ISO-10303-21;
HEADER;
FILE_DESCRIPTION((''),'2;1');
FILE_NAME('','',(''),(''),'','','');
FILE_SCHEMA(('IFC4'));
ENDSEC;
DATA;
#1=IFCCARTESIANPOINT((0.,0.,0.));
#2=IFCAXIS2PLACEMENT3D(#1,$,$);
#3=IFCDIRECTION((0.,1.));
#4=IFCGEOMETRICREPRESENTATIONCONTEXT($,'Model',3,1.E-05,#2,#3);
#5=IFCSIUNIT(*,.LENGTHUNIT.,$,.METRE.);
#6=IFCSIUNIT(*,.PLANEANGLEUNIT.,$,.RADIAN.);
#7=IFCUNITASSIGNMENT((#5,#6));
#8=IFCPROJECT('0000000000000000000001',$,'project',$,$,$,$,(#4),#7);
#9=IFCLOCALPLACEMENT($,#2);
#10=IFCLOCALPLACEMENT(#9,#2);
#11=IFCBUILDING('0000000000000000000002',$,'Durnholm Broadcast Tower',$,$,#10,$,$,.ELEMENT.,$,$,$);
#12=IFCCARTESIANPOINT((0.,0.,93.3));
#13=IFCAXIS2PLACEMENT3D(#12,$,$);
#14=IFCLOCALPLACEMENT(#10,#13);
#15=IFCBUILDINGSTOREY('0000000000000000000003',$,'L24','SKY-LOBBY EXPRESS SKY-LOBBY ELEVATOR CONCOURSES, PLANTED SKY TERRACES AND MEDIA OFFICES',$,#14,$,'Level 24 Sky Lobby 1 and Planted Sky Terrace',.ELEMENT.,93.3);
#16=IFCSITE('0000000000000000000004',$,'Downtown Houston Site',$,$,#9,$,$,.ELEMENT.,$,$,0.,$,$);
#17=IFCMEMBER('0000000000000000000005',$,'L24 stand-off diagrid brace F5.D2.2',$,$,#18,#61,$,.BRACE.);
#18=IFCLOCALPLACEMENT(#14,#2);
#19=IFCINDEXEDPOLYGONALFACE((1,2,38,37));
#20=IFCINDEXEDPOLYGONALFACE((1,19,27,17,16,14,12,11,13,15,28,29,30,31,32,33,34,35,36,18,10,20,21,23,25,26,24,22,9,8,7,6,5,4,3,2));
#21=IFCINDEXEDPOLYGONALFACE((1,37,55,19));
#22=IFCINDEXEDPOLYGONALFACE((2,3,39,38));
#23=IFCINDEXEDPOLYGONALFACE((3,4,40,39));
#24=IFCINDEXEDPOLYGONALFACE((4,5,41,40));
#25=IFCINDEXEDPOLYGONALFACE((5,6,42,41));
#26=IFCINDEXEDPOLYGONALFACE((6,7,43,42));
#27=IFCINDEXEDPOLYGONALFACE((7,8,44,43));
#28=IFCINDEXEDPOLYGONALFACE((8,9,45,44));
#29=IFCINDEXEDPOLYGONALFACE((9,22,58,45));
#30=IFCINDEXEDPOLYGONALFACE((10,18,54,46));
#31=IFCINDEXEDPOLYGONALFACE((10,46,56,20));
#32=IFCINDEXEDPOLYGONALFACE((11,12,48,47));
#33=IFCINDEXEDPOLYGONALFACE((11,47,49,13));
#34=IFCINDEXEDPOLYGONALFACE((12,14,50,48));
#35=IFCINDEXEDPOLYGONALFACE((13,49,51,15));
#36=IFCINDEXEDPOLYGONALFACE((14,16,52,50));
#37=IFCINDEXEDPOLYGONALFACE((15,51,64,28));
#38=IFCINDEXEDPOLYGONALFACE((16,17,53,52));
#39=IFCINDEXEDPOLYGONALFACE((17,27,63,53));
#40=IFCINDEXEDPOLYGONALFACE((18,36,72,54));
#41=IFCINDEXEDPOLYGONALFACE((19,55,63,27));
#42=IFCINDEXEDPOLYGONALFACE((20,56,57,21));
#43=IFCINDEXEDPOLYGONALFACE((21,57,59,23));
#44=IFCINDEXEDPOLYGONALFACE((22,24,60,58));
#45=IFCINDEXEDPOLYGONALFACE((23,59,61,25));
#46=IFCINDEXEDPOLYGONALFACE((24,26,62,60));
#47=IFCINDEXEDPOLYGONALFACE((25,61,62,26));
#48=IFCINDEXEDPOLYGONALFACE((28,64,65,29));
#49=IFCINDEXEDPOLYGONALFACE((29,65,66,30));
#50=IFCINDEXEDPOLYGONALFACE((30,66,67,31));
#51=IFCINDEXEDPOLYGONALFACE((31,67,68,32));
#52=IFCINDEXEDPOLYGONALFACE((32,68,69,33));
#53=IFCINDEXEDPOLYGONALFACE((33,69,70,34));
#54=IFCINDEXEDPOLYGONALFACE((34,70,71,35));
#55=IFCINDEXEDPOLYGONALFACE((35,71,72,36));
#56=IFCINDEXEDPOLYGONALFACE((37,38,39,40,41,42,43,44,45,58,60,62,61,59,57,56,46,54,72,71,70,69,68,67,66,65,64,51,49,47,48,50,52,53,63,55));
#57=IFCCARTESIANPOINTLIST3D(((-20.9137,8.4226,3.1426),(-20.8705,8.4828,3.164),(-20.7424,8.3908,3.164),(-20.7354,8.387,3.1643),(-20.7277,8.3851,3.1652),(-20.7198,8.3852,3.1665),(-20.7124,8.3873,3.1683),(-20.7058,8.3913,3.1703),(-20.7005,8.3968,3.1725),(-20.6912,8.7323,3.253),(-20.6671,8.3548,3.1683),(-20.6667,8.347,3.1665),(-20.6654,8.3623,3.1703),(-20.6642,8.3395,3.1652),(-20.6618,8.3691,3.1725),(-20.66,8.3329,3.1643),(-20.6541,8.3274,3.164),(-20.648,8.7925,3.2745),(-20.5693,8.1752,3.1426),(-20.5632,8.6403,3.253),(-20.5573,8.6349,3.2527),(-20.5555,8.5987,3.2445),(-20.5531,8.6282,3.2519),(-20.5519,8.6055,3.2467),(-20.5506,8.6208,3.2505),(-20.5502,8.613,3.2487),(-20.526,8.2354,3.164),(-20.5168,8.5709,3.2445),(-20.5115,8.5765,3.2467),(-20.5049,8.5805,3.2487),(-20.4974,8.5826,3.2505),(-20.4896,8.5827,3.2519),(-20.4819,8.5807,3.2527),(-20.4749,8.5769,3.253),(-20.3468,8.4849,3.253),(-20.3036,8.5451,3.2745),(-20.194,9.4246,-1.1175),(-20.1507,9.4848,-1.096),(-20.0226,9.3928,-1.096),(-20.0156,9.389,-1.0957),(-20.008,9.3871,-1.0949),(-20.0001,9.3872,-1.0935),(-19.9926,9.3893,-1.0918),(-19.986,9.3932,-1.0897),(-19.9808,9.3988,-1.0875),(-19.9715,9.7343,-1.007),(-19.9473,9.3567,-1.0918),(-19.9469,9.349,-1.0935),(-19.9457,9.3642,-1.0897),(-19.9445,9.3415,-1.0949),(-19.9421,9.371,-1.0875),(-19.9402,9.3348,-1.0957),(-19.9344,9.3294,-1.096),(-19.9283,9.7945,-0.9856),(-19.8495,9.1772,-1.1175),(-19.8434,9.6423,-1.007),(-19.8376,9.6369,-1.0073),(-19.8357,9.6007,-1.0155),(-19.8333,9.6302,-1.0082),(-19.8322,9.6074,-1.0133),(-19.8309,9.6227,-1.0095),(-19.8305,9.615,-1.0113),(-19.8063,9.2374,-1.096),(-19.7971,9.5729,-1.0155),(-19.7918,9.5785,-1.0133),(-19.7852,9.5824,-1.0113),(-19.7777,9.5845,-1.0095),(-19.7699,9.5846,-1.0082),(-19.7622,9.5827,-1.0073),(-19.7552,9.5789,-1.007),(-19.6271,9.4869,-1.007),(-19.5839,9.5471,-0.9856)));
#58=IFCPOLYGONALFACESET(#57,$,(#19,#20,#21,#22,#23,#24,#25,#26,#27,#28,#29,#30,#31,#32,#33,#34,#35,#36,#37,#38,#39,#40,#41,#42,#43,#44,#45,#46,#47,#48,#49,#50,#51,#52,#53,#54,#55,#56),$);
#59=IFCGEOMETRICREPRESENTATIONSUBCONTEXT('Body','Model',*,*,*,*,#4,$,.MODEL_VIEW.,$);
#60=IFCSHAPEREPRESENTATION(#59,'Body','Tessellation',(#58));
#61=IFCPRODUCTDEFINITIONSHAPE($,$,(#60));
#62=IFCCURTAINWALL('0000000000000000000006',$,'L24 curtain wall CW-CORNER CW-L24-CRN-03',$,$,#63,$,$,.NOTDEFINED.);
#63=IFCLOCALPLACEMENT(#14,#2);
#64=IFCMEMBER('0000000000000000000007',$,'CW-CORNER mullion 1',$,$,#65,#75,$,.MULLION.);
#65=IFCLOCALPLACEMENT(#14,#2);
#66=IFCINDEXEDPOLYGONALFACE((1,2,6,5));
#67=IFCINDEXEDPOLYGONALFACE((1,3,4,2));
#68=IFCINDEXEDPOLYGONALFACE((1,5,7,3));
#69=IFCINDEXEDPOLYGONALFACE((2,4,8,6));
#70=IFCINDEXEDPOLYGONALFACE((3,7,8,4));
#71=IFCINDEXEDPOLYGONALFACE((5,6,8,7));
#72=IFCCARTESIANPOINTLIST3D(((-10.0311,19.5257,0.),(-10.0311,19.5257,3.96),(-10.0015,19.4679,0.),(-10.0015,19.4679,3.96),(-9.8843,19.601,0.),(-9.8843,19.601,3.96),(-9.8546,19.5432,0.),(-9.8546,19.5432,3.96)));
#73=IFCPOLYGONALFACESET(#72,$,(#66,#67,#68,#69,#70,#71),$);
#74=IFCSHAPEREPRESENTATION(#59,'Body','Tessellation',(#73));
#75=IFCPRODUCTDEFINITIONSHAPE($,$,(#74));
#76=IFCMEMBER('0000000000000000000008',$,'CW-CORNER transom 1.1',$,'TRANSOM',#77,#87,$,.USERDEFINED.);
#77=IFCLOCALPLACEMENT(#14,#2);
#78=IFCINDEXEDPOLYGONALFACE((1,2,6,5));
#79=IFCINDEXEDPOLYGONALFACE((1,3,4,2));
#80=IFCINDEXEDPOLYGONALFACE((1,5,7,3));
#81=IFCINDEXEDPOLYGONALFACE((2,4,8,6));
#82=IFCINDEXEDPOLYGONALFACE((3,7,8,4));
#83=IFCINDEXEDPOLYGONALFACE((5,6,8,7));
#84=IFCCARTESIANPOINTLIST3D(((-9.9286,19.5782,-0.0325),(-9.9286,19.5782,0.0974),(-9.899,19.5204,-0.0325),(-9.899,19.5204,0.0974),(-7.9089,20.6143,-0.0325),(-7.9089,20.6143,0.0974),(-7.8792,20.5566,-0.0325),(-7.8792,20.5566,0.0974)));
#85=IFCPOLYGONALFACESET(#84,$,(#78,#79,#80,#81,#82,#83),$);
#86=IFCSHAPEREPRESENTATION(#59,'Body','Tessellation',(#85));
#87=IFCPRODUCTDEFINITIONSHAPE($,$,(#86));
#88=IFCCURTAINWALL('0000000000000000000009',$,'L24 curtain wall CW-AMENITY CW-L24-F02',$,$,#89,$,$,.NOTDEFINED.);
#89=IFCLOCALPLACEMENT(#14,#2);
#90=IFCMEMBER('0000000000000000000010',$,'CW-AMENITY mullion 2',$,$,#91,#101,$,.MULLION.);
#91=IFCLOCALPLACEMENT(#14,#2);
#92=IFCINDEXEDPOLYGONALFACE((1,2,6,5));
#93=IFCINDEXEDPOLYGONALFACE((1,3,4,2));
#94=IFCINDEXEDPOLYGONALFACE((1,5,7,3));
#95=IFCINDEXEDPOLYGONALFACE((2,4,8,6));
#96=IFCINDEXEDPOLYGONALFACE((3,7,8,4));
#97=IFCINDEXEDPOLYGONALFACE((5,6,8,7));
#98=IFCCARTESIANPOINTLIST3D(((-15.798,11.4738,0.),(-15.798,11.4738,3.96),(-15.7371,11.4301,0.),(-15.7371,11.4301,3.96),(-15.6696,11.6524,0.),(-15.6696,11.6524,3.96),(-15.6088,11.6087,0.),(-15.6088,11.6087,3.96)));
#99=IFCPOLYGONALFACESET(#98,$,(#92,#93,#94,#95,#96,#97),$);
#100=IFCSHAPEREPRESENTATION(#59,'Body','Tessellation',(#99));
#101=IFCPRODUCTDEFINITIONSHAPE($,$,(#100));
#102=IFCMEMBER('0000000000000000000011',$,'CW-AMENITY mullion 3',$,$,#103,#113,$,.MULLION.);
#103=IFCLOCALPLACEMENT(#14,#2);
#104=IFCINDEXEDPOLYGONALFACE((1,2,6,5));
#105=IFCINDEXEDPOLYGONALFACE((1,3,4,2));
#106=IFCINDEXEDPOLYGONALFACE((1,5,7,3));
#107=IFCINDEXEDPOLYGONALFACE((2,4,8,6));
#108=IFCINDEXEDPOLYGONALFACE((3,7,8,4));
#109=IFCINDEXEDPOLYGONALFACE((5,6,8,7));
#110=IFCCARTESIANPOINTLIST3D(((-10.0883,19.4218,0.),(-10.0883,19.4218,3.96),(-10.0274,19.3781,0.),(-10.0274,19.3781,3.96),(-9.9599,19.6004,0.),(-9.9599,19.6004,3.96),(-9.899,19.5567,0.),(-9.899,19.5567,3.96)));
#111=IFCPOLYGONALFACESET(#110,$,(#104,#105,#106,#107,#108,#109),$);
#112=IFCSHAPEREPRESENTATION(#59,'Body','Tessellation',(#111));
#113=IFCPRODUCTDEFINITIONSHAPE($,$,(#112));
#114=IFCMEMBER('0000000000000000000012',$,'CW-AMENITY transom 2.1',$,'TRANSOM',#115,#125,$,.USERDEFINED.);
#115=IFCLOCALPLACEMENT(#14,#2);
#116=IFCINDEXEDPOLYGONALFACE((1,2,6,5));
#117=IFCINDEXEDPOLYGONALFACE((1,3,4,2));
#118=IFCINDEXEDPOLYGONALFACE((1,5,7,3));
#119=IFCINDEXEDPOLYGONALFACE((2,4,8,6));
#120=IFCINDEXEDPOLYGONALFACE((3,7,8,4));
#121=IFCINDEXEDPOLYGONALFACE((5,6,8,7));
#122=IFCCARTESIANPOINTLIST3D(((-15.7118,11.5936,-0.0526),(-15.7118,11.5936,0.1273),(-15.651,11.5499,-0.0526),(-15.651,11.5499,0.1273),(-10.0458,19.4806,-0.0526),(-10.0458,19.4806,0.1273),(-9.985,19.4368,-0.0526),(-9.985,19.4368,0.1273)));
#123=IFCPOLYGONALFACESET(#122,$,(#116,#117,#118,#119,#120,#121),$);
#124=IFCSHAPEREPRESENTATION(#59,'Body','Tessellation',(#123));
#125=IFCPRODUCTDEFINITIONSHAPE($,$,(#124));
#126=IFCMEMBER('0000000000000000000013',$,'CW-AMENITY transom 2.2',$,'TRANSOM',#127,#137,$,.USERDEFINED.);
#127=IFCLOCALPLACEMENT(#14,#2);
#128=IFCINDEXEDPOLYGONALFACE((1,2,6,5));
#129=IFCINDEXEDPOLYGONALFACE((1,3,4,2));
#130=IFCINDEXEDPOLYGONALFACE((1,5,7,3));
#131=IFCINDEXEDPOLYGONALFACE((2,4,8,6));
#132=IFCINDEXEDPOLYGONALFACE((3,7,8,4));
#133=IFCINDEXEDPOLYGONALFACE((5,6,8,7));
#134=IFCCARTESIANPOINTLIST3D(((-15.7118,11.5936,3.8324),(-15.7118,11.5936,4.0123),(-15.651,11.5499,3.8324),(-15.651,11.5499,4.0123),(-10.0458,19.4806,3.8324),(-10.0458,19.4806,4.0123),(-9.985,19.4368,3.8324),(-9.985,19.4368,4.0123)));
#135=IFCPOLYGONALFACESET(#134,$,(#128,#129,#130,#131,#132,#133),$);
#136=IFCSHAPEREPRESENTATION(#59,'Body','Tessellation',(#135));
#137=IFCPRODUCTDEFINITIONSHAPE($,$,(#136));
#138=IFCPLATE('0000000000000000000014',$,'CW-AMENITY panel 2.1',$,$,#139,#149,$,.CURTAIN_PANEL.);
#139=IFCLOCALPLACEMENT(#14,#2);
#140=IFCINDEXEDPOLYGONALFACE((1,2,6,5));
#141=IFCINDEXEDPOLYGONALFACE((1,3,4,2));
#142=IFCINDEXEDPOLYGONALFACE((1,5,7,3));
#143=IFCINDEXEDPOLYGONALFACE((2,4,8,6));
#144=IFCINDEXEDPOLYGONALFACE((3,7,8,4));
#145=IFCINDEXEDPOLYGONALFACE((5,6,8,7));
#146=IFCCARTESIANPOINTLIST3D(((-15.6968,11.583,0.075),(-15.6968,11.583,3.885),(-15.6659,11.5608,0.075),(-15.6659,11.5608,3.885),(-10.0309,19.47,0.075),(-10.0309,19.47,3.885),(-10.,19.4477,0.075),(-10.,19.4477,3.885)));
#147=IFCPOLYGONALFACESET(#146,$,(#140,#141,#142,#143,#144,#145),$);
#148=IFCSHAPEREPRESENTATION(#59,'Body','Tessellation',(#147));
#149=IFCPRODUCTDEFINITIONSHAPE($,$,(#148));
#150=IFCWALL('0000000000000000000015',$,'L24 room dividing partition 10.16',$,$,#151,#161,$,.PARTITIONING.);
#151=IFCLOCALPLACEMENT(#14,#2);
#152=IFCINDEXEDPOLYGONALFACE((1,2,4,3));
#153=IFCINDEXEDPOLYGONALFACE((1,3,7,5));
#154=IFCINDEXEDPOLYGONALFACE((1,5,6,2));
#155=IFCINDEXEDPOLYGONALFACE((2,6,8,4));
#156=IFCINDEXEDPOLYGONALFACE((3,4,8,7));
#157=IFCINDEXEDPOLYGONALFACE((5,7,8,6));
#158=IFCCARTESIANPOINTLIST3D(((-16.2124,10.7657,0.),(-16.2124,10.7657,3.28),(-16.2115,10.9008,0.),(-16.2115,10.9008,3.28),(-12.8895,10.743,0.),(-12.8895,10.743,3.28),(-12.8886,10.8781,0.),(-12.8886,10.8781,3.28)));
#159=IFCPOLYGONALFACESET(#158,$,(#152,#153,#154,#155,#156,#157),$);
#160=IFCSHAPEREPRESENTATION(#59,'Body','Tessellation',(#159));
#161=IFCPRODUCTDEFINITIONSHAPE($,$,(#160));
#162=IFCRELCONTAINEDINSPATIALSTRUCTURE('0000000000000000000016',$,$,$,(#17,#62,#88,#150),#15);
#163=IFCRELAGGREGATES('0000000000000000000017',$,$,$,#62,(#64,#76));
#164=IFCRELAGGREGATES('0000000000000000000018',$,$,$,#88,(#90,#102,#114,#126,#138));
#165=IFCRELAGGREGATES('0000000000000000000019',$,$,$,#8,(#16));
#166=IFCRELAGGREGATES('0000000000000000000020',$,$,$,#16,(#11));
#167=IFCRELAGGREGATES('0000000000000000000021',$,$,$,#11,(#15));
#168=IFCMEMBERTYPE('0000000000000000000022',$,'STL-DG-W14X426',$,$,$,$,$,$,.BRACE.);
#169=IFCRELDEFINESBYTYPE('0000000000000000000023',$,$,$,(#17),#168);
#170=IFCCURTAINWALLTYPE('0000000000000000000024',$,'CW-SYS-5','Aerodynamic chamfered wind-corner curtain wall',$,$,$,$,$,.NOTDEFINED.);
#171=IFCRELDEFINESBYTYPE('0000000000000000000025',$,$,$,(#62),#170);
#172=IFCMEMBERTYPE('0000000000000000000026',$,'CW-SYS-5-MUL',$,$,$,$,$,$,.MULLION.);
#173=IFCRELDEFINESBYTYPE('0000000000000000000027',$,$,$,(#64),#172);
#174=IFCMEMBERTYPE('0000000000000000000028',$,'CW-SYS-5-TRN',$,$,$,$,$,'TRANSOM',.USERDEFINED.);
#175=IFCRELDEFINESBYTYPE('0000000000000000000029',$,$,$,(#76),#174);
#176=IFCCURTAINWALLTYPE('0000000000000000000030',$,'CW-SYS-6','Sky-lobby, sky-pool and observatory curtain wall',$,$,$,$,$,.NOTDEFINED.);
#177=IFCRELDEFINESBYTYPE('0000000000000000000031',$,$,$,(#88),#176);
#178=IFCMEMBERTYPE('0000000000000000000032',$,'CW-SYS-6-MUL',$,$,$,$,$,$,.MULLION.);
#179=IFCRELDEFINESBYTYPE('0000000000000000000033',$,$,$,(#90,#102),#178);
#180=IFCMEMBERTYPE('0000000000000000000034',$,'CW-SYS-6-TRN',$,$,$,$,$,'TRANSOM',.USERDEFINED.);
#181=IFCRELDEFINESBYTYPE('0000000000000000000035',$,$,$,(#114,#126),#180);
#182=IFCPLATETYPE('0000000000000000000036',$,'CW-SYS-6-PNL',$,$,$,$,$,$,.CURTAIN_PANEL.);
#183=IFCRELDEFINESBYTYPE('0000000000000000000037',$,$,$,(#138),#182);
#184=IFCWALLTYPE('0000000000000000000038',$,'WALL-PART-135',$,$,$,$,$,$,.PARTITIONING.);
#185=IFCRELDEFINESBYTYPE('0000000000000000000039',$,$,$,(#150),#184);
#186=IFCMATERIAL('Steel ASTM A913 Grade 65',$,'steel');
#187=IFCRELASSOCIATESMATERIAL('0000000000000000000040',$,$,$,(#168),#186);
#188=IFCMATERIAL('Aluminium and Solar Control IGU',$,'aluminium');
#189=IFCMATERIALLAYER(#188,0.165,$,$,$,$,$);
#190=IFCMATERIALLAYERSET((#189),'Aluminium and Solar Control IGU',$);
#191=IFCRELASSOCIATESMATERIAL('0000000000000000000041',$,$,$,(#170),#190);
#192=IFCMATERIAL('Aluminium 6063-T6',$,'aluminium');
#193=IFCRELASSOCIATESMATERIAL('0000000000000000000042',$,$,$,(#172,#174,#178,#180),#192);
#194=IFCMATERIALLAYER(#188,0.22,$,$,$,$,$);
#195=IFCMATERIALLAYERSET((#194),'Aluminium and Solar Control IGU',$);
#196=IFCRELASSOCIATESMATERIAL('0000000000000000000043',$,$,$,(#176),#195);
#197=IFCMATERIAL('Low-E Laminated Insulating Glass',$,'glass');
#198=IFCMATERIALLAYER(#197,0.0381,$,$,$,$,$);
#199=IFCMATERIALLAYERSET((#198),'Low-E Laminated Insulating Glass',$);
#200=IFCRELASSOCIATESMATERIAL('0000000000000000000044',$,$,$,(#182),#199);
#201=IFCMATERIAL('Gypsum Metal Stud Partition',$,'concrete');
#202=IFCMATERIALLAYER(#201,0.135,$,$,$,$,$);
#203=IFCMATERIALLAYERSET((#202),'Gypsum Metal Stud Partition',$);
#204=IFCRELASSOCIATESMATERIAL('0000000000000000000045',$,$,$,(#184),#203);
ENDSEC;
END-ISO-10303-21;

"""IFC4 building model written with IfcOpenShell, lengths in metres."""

from ifc_helpers import new_model, si_unit, direction, frame, frame_2d, origin, origin_2d, place, context, subcontext, project, spatial, rectangle, i_section, extrude, source, transform, mapped, material, layer, layer_set, material_profile, profile_set, type_object, type_shapes, element, aggregate, save


model = new_model("IFC4")

# Units and contexts
model_context = context("Model", 3, precision=1e-05, world=origin(), true_north=direction((0.0, 1.0)))
body_context = subcontext(model_context, "Body", "Model", "MODEL_VIEW")
ifc_project = project(units=[si_unit("LENGTHUNIT", "METRE"), si_unit("PLANEANGLEUNIT", "RADIAN")], contexts=[model_context])

# Site, building, storey
site_placement = place(None, origin())
site = spatial("IfcSite", under=ifc_project, at=site_placement, Name="Downtown Houston Site", CompositionType="ELEMENT", RefElevation=0.0)
building_placement = place(site_placement, origin())
building = spatial("IfcBuilding", under=site, at=building_placement, Name="Durnholm Broadcast Tower", CompositionType="ELEMENT")
storey_placement = place(building_placement, frame((0.0, 0.0, 93.3)))
storey = spatial("IfcBuildingStorey", under=building, at=storey_placement, Name="L24", Description="SKY-LOBBY EXPRESS SKY-LOBBY ELEVATOR CONCOURSES, PLANTED SKY TERRACES AND MEDIA OFFICES", LongName="Level 24 Sky Lobby 1 and Planted Sky Terrace", CompositionType="ELEMENT", Elevation=93.3)

# Member
ifc_material_1 = material(Name="Steel ASTM A913 Grade 65", Category="steel")
ifc_material_profile_1 = material_profile(ifc_material_1, i_section(OverallWidth=0.4241, OverallDepth=0.4741, WebThickness=0.0476, FlangeThickness=0.0771, FilletRadius=0.0305, at=origin_2d()), Name="W14X426")
ifc_profile_set_1 = profile_set([ifc_material_profile_1], Name="Steel ASTM A913 Grade 65")
member_type_1 = type_object("IfcMemberType", Name="STL-DG-W14X426", PredefinedType="BRACE", material=ifc_profile_set_1)
shared_shape_1 = source(origin(), body_context, "Body", "SweptSolid", [
    extrude(i_section(OverallWidth=0.4241, OverallDepth=0.4741, WebThickness=0.0476, FlangeThickness=0.0771, FilletRadius=0.0305, at=origin_2d()), origin(), (0.0, 0.0, 1.0), 4.4351),
])
type_shapes(member_type_1, [shared_shape_1])
for number, where, z_axis, x_axis, name in (
    (1, (-19.8889, 9.4858, -1.0515), (-0.162282, -0.225917, 0.960534), (0.812179, -0.583408, 0.0), "L24 stand-off diagrid brace F5.D2.2"),
):
    element("IfcMember", number, at=place(storey_placement, frame(where, z_axis=z_axis, x_axis=x_axis)), inside=storey, type_object=member_type_1, Name=name, PredefinedType="BRACE", context=body_context, shape_type="MappedRepresentation", body=[
        mapped(shared_shape_1, transform((0.0, 0.0, 0.0), x_axis=(1.0, 0.0, 0.0), y_axis=(0.0, 1.0, 0.0), z_axis=(0.0, 0.0, 1.0), scale=1.0)),
    ])

# Curtain wall, members
ifc_material_2 = material(Name="Aluminium and Solar Control IGU", Category="aluminium")
ifc_layer_1 = layer(ifc_material_2, 0.165)
ifc_layer_set_1 = layer_set([ifc_layer_1], Name="Aluminium and Solar Control IGU")
curtain_wall_type_1 = type_object("IfcCurtainWallType", Name="CW-SYS-5", Description="Aerodynamic chamfered wind-corner curtain wall", PredefinedType="NOTDEFINED", material=ifc_layer_set_1)
curtain_wall_1_placement = place(storey_placement, origin())
curtain_wall_1 = element("IfcCurtainWall", 2, at=curtain_wall_1_placement, inside=storey, type_object=curtain_wall_type_1, Name="L24 curtain wall CW-CORNER CW-L24-CRN-03", PredefinedType="NOTDEFINED")
ifc_material_3 = material(Name="Aluminium 6063-T6", Category="aluminium")
ifc_material_profile_2 = material_profile(ifc_material_3, rectangle(XDim=0.0649, YDim=0.165, at=origin_2d()), Name="CWM65X165")
ifc_profile_set_2 = profile_set([ifc_material_profile_2], Name="Aluminium 6063-T6")
member_type_2 = type_object("IfcMemberType", Name="CW-SYS-5-MUL", PredefinedType="MULLION", material=ifc_profile_set_2)
shared_shape_2 = source(origin(), body_context, "Body", "SweptSolid", [
    extrude(rectangle(XDim=0.0649, YDim=0.165, at=origin_2d()), origin(), (0.0, 0.0, 1.0), 3.96),
])
type_shapes(member_type_2, [shared_shape_2])
member_1_placement = place(storey_placement, frame((-9.9429, 19.5344, 0.0), z_axis=(0.0, 0.0, 1.0), x_axis=(-0.456373, 0.889788, 0.0)))
member_1 = element("IfcMember", 3, at=member_1_placement, type_object=member_type_2, Name="CW-CORNER mullion 1", PredefinedType="MULLION", context=body_context, shape_type="MappedRepresentation", body=[
    mapped(shared_shape_2, transform((0.0, 0.0, 0.0), x_axis=(1.0, 0.0, 0.0), y_axis=(0.0, 1.0, 0.0), z_axis=(0.0, 0.0, 1.0), scale=1.0)),
])
ifc_material_profile_3 = material_profile(ifc_material_3, rectangle(XDim=0.0649, YDim=0.1299, at=origin_2d()), Name="CWT65X130")
ifc_profile_set_3 = profile_set([ifc_material_profile_3], Name="Aluminium 6063-T6")
member_type_3 = type_object("IfcMemberType", Name="CW-SYS-5-TRN", ElementType="TRANSOM", PredefinedType="USERDEFINED", material=ifc_profile_set_3)
shared_shape_3 = source(origin(), body_context, "Body", "SweptSolid", [
    extrude(rectangle(XDim=0.0649, YDim=0.1299, at=origin_2d()), origin(), (0.0, 0.0, 1.0), 2.27),
])
type_shapes(member_type_3, [shared_shape_3])
member_2_placement = place(storey_placement, frame((-9.9138, 19.5493, 0.0325), z_axis=(0.889755, 0.456439, 0.0), x_axis=(-0.456439, 0.889755, 0.0)))
member_2 = element("IfcMember", 4, at=member_2_placement, type_object=member_type_3, Name="CW-CORNER transom 1.1", ObjectType="TRANSOM", PredefinedType="USERDEFINED", context=body_context, shape_type="MappedRepresentation", body=[
    mapped(shared_shape_3, transform((0.0, 0.0, 0.0), x_axis=(1.0, 0.0, 0.0), y_axis=(0.0, 1.0, 0.0), z_axis=(0.0, 0.0, 1.0), scale=1.0)),
])
aggregate(curtain_wall_1, [member_1, member_2])

# Curtain wall, members, plate
ifc_layer_2 = layer(ifc_material_2, 0.22)
ifc_layer_set_2 = layer_set([ifc_layer_2], Name="Aluminium and Solar Control IGU")
curtain_wall_type_2 = type_object("IfcCurtainWallType", Name="CW-SYS-6", Description="Sky-lobby, sky-pool and observatory curtain wall", PredefinedType="NOTDEFINED", material=ifc_layer_set_2)
curtain_wall_2_placement = place(storey_placement, origin())
curtain_wall_2 = element("IfcCurtainWall", 5, at=curtain_wall_2_placement, inside=storey, type_object=curtain_wall_type_2, Name="L24 curtain wall CW-AMENITY CW-L24-F02", PredefinedType="NOTDEFINED")
ifc_material_profile_4 = material_profile(ifc_material_3, rectangle(XDim=0.075, YDim=0.22, at=origin_2d()), Name="CWM75X220")
ifc_profile_set_4 = profile_set([ifc_material_profile_4], Name="Aluminium 6063-T6")
member_type_4 = type_object("IfcMemberType", Name="CW-SYS-6-MUL", PredefinedType="MULLION", material=ifc_profile_set_4)
shared_shape_4 = source(origin(), body_context, "Body", "SweptSolid", [
    extrude(rectangle(XDim=0.075, YDim=0.22, at=origin_2d()), origin(), (0.0, 0.0, 1.0), 3.96),
])
type_shapes(member_type_4, [shared_shape_4])
member_3_placement = place(storey_placement, frame((-15.7034, 11.5413, 0.0), z_axis=(0.0, 0.0, 1.0), x_axis=(-0.812152, 0.583445, 0.0)))
member_3 = element("IfcMember", 6, at=member_3_placement, type_object=member_type_4, Name="CW-AMENITY mullion 2", PredefinedType="MULLION", context=body_context, shape_type="MappedRepresentation", body=[
    mapped(shared_shape_4, transform((0.0, 0.0, 0.0), x_axis=(1.0, 0.0, 0.0), y_axis=(0.0, 1.0, 0.0), z_axis=(0.0, 0.0, 1.0), scale=1.0)),
])
member_4_placement = place(storey_placement, frame((-9.9937, 19.4893, 0.0), z_axis=(0.0, 0.0, 1.0), x_axis=(-0.812152, 0.583445, 0.0)))
member_4 = element("IfcMember", 7, at=member_4_placement, type_object=member_type_4, Name="CW-AMENITY mullion 3", PredefinedType="MULLION", context=body_context, shape_type="MappedRepresentation", body=[
    mapped(shared_shape_4, transform((0.0, 0.0, 0.0), x_axis=(1.0, 0.0, 0.0), y_axis=(0.0, 1.0, 0.0), z_axis=(0.0, 0.0, 1.0), scale=1.0)),
])
ifc_material_profile_5 = material_profile(ifc_material_3, rectangle(XDim=0.075, YDim=0.1799, at=origin_2d()), Name="CWT75X180")
ifc_profile_set_5 = profile_set([ifc_material_profile_5], Name="Aluminium 6063-T6")
member_type_5 = type_object("IfcMemberType", Name="CW-SYS-6-TRN", ElementType="TRANSOM", PredefinedType="USERDEFINED", material=ifc_profile_set_5)
shared_shape_5 = source(origin(), body_context, "Body", "SweptSolid", [
    extrude(rectangle(XDim=0.075, YDim=0.1799, at=origin_2d()), origin(), (0.0, 0.0, 1.0), 9.7112),
])
type_shapes(member_type_5, [shared_shape_5])
member_5_placement = place(storey_placement, frame((-15.6814, 11.5718, 0.0374), z_axis=(0.58345, 0.812149, 0.0), x_axis=(-0.812149, 0.58345, 0.0)))
member_5 = element("IfcMember", 8, at=member_5_placement, type_object=member_type_5, Name="CW-AMENITY transom 2.1", ObjectType="TRANSOM", PredefinedType="USERDEFINED", context=body_context, shape_type="MappedRepresentation", body=[
    mapped(shared_shape_5, transform((0.0, 0.0, 0.0), x_axis=(1.0, 0.0, 0.0), y_axis=(0.0, 1.0, 0.0), z_axis=(0.0, 0.0, 1.0), scale=1.0)),
])
member_6_placement = place(storey_placement, frame((-15.6814, 11.5718, 3.9224), z_axis=(0.58345, 0.812149, 0.0), x_axis=(-0.812149, 0.58345, 0.0)))
member_6 = element("IfcMember", 9, at=member_6_placement, type_object=member_type_5, Name="CW-AMENITY transom 2.2", ObjectType="TRANSOM", PredefinedType="USERDEFINED", context=body_context, shape_type="MappedRepresentation", body=[
    mapped(shared_shape_5, transform((0.0, 0.0, 0.0), x_axis=(1.0, 0.0, 0.0), y_axis=(0.0, 1.0, 0.0), z_axis=(0.0, 0.0, 1.0), scale=1.0)),
])
ifc_material_4 = material(Name="Low-E Laminated Insulating Glass", Category="glass")
ifc_layer_3 = layer(ifc_material_4, 0.0381)
ifc_layer_set_3 = layer_set([ifc_layer_3], Name="Low-E Laminated Insulating Glass")
plate_type = type_object("IfcPlateType", Name="CW-SYS-6-PNL", PredefinedType="CURTAIN_PANEL", material=ifc_layer_set_3)
shared_shape_6 = source(origin(), body_context, "Body", "SweptSolid", [
    extrude(rectangle(XDim=9.7112, YDim=0.0381, at=origin_2d()), origin(), (0.0, 0.0, 1.0), 3.8101),
])
type_shapes(plate_type, [shared_shape_6])
plate_placement = place(storey_placement, frame((-12.8484, 15.5154, 0.075), z_axis=(0.0, 0.0, 1.0), x_axis=(0.583445, 0.812152, 0.0)))
plate = element("IfcPlate", 10, at=plate_placement, type_object=plate_type, Name="CW-AMENITY panel 2.1", PredefinedType="CURTAIN_PANEL", context=body_context, shape_type="MappedRepresentation", body=[
    mapped(shared_shape_6, transform((0.0, 0.0, 0.0), x_axis=(1.0, 0.0, 0.0), y_axis=(0.0, 1.0, 0.0), z_axis=(0.0, 0.0, 1.0), scale=1.0)),
])
aggregate(curtain_wall_2, [member_3, member_4, member_5, member_6, plate])

# Wall
ifc_material_5 = material(Name="Gypsum Metal Stud Partition", Category="concrete")
ifc_layer_4 = layer(ifc_material_5, 0.135)
ifc_layer_set_4 = layer_set([ifc_layer_4], Name="Gypsum Metal Stud Partition")
wall_type_1 = type_object("IfcWallType", Name="WALL-PART-135", PredefinedType="PARTITIONING", material=ifc_layer_set_4)
wall_1_placement = place(storey_placement, frame((-12.8889, 10.8105, 0.0), z_axis=(0.0, 0.0, 1.0), x_axis=(-0.999977, 0.006833, 0.0)))
element("IfcWall", 11, at=wall_1_placement, inside=storey, type_object=wall_type_1, Name="L24 room dividing partition 10.16", PredefinedType="PARTITIONING", context=body_context, shape_type="SweptSolid", body=[
    extrude(rectangle(XDim=3.323, YDim=0.135, at=frame_2d((1.6616, 0.0))), origin(), (0.0, 0.0, 1.0), 3.28),
])

save(model, "model.ifc")
